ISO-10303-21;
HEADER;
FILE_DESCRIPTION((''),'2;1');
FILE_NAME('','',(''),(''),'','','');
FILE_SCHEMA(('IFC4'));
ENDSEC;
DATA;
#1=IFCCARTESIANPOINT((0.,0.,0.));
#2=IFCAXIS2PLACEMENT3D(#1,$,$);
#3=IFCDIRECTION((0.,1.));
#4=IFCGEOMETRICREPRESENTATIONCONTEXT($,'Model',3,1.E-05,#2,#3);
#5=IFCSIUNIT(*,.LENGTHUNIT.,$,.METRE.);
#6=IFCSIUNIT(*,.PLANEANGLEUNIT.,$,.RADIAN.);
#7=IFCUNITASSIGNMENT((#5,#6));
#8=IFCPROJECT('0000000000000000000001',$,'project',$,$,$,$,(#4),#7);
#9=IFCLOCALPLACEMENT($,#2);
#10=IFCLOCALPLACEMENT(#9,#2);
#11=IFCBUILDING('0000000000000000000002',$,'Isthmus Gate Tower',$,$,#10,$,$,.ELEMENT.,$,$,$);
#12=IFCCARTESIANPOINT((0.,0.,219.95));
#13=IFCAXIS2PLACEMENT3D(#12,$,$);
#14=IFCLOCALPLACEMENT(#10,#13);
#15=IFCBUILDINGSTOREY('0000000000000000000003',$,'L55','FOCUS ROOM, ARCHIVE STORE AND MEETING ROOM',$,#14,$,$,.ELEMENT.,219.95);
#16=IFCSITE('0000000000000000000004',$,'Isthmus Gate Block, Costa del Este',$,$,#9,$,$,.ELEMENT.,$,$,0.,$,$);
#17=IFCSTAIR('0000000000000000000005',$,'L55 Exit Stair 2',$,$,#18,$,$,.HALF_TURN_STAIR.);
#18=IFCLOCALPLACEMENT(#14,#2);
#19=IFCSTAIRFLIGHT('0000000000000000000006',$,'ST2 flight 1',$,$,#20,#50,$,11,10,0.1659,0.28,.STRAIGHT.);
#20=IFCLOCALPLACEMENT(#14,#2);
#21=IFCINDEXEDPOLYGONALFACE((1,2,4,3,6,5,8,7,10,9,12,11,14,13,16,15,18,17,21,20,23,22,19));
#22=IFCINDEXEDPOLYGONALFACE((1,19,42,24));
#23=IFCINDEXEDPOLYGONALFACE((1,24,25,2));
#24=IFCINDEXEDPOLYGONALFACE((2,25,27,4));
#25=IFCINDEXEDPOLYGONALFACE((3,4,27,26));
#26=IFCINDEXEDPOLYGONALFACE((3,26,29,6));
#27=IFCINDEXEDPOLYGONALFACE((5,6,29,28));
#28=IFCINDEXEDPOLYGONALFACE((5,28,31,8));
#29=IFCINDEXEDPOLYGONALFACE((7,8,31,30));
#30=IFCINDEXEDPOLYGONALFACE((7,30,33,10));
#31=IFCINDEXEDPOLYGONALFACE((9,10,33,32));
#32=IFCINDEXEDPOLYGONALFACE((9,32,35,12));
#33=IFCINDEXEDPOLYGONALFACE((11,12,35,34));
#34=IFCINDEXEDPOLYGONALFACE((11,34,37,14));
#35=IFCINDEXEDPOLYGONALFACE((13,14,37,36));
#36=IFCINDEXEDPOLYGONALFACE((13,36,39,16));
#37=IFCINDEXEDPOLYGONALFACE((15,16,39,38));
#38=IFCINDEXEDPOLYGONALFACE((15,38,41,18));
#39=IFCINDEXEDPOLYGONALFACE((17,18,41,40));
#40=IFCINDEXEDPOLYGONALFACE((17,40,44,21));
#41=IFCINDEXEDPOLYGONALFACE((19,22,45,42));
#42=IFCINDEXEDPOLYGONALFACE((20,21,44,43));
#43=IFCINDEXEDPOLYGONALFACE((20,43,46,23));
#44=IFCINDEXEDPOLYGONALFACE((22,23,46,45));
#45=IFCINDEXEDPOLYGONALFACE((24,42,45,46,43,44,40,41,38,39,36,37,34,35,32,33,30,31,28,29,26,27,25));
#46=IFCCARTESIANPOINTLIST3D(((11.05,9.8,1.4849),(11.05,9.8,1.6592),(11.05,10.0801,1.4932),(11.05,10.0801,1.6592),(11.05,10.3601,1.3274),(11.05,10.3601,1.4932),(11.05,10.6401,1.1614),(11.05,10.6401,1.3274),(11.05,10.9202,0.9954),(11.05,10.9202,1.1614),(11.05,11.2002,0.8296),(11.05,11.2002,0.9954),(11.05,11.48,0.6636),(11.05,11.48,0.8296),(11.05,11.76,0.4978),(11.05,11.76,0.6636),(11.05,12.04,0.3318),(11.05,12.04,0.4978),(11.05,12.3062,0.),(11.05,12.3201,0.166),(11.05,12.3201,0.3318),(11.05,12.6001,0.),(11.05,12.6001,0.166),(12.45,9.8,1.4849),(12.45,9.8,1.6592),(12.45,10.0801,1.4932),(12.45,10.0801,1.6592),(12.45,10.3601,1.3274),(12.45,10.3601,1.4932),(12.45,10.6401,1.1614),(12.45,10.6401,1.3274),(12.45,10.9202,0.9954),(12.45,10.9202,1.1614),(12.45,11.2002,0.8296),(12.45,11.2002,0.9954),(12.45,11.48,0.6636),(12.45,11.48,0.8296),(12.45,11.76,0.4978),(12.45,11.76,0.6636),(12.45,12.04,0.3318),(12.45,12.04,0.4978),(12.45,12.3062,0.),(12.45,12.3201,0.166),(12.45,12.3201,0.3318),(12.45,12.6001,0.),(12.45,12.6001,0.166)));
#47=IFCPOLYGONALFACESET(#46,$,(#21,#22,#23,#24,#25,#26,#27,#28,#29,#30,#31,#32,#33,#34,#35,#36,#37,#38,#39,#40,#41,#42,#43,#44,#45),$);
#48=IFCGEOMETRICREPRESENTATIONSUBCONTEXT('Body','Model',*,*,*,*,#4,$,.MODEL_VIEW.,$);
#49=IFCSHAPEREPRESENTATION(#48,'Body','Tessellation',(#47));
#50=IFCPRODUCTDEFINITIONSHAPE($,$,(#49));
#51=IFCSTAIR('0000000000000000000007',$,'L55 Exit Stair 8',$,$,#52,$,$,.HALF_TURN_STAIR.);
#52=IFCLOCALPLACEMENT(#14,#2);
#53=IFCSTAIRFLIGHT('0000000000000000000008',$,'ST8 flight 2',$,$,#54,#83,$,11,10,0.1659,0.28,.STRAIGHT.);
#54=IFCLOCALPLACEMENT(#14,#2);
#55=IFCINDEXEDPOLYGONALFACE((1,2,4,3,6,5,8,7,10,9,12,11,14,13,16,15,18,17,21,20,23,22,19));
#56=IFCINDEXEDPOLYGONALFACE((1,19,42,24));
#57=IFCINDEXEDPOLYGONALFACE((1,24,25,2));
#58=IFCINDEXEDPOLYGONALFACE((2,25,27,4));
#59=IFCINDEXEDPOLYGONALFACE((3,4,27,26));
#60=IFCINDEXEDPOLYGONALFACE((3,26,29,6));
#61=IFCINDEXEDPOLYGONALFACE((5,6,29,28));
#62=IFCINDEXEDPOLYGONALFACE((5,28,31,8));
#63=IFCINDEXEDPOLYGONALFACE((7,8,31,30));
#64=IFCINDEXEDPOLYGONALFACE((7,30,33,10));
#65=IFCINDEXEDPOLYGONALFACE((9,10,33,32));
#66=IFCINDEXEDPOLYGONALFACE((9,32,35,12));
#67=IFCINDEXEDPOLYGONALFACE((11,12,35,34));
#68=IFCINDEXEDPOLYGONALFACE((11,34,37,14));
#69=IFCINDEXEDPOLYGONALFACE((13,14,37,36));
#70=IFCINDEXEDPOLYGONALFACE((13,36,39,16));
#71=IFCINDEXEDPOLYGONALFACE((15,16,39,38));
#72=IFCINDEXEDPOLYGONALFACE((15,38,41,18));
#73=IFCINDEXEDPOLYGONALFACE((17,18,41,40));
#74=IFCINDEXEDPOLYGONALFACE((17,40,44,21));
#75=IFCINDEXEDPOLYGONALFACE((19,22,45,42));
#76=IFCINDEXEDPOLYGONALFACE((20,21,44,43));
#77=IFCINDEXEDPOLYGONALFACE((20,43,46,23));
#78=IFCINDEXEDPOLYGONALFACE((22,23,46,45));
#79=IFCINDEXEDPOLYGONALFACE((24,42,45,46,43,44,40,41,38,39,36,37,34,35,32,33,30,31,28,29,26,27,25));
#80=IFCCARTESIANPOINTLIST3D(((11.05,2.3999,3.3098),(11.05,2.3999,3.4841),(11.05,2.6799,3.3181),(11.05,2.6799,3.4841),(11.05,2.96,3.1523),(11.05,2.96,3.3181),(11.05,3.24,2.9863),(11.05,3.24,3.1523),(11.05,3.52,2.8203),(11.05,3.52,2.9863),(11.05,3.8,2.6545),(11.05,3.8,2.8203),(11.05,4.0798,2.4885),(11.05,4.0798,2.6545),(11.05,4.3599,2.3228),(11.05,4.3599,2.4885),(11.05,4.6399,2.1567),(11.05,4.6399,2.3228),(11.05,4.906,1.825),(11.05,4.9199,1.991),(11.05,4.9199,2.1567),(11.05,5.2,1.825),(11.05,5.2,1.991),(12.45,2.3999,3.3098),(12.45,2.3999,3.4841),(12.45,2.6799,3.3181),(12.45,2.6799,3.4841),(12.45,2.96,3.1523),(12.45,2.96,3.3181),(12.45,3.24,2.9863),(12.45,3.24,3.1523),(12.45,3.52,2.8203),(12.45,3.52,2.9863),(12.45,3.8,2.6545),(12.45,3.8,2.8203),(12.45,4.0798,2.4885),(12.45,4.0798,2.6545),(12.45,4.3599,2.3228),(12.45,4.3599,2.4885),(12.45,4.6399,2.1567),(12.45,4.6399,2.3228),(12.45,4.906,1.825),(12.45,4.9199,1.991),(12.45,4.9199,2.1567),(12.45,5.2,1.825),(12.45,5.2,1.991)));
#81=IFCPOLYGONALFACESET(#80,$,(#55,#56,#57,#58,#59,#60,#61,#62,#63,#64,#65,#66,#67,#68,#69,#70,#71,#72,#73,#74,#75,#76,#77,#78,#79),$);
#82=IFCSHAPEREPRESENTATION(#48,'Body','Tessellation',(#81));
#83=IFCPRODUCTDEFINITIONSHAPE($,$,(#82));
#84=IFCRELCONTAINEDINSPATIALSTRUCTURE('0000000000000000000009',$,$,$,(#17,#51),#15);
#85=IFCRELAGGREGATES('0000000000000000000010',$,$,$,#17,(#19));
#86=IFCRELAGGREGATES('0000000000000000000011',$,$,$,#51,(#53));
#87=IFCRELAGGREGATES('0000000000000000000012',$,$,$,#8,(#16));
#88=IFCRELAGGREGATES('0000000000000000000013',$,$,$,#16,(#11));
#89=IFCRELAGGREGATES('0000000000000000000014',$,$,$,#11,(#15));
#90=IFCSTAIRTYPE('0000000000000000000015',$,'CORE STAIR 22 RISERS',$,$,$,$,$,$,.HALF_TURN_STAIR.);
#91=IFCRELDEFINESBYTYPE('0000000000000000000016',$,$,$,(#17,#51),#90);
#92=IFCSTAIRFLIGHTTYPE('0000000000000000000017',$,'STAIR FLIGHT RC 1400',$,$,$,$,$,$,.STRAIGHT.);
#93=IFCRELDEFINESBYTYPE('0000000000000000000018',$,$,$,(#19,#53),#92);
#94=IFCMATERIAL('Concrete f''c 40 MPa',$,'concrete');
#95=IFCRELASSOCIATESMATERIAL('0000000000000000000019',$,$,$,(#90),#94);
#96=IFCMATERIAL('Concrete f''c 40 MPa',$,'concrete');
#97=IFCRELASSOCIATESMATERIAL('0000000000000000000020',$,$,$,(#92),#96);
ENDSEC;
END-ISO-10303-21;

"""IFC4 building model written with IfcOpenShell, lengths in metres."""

from ifc_helpers import new_model, si_unit, direction, frame, origin, place, context, subcontext, project, spatial, polyline, outline, extrude, material, type_object, element, aggregate, save


model = new_model("IFC4")

# Units and contexts
model_context = context("Model", 3, precision=1e-05, world=origin(), true_north=direction((0.0, 1.0)))
body_context = subcontext(model_context, "Body", "Model", "MODEL_VIEW")
ifc_project = project(units=[si_unit("LENGTHUNIT", "METRE"), si_unit("PLANEANGLEUNIT", "RADIAN")], contexts=[model_context])

# Site, building, storey
site_placement = place(None, origin())
site = spatial("IfcSite", under=ifc_project, at=site_placement, Name="Isthmus Gate Block, Costa del Este", CompositionType="ELEMENT", RefElevation=0.0)
building_placement = place(site_placement, origin())
building = spatial("IfcBuilding", under=site, at=building_placement, Name="Isthmus Gate Tower", CompositionType="ELEMENT")
storey_placement = place(building_placement, frame((0.0, 0.0, 219.95)))
storey = spatial("IfcBuildingStorey", under=building, at=storey_placement, Name="L55", Description="FOCUS ROOM, ARCHIVE STORE AND MEETING ROOM", CompositionType="ELEMENT", Elevation=219.95)

# Stairs, stair flights
ifc_material_1 = material(Name="Concrete f'c 40 MPa", Category="concrete")
stair_type = type_object("IfcStairType", Name="CORE STAIR 22 RISERS", PredefinedType="HALF_TURN_STAIR", material=ifc_material_1)
stair_1_placement = place(storey_placement, origin())
stair_1 = element("IfcStair", 1, at=stair_1_placement, inside=storey, type_object=stair_type, Name="L55 Exit Stair 2", PredefinedType="HALF_TURN_STAIR")
ifc_material_2 = material(Name="Concrete f'c 40 MPa", Category="concrete")
stair_flight_type = type_object("IfcStairFlightType", Name="STAIR FLIGHT RC 1400", PredefinedType="STRAIGHT", material=ifc_material_2)
stair_flight_1_placement = place(storey_placement, frame((11.75, 12.6001, 0.0), z_axis=(0.0, 0.0, 1.0), x_axis=(0.0, -1.0, 0.0)))
stair_flight_1 = element("IfcStairFlight", 2, at=stair_flight_1_placement, type_object=stair_flight_type, Name="ST2 flight 1", NumberOfRisers=11, NumberOfTreads=10, PredefinedType="STRAIGHT", RiserHeight=0.1659, TreadLength=0.28, context=body_context, shape_type="SweptSolid", body=[
    extrude(outline(polyline([(0.0, 0.0), (0.0, 0.166), (0.28, 0.166), (0.28, 0.3318), (0.5601, 0.3318), (0.5601, 0.4978), (0.8401, 0.4978), (0.8401, 0.6636), (1.1201, 0.6636), (1.1201, 0.8296), (1.3999, 0.8296), (1.3999, 0.9954), (1.6799, 0.9954), (1.6799, 1.1614), (1.96, 1.1614), (1.96, 1.3274), (2.24, 1.3274), (2.24, 1.4932), (2.52, 1.4932), (2.52, 1.6592), (2.8, 1.6592), (2.8, 1.825), (2.8, 1.4849), (0.2939, 0.0), (0.0, 0.0)])), frame((0.0, 0.7, 0.0), z_axis=(0.0, -1.0, 0.0), x_axis=(1.0, 0.0, 0.0)), (0.0, 0.0, 1.0), 1.3999),
])
aggregate(stair_1, [stair_flight_1])
stair_2_placement = place(storey_placement, origin())
stair_2 = element("IfcStair", 3, at=stair_2_placement, inside=storey, type_object=stair_type, Name="L55 Exit Stair 8", PredefinedType="HALF_TURN_STAIR")
stair_flight_2_placement = place(storey_placement, frame((11.75, 5.2, 1.825), z_axis=(0.0, 0.0, 1.0), x_axis=(0.0, -1.0, 0.0)))
stair_flight_2 = element("IfcStairFlight", 4, at=stair_flight_2_placement, type_object=stair_flight_type, Name="ST8 flight 2", NumberOfRisers=11, NumberOfTreads=10, PredefinedType="STRAIGHT", RiserHeight=0.1659, TreadLength=0.28, context=body_context, shape_type="SweptSolid", body=[
    extrude(outline(polyline([(0.0, 0.0), (0.0, 0.166), (0.28, 0.166), (0.28, 0.3318), (0.5601, 0.3318), (0.5601, 0.4978), (0.8401, 0.4978), (0.8401, 0.6636), (1.1201, 0.6636), (1.1201, 0.8296), (1.3999, 0.8296), (1.3999, 0.9954), (1.6799, 0.9954), (1.6799, 1.1614), (1.96, 1.1614), (1.96, 1.3274), (2.24, 1.3274), (2.24, 1.4932), (2.52, 1.4932), (2.52, 1.6592), (2.8, 1.6592), (2.8, 1.825), (2.8, 1.4849), (0.2939, 0.0), (0.0, 0.0)])), frame((0.0, 0.7, 0.0), z_axis=(0.0, -1.0, 0.0), x_axis=(1.0, 0.0, 0.0)), (0.0, 0.0, 1.0), 1.3999),
])
aggregate(stair_2, [stair_flight_2])

save(model, "model.ifc")
